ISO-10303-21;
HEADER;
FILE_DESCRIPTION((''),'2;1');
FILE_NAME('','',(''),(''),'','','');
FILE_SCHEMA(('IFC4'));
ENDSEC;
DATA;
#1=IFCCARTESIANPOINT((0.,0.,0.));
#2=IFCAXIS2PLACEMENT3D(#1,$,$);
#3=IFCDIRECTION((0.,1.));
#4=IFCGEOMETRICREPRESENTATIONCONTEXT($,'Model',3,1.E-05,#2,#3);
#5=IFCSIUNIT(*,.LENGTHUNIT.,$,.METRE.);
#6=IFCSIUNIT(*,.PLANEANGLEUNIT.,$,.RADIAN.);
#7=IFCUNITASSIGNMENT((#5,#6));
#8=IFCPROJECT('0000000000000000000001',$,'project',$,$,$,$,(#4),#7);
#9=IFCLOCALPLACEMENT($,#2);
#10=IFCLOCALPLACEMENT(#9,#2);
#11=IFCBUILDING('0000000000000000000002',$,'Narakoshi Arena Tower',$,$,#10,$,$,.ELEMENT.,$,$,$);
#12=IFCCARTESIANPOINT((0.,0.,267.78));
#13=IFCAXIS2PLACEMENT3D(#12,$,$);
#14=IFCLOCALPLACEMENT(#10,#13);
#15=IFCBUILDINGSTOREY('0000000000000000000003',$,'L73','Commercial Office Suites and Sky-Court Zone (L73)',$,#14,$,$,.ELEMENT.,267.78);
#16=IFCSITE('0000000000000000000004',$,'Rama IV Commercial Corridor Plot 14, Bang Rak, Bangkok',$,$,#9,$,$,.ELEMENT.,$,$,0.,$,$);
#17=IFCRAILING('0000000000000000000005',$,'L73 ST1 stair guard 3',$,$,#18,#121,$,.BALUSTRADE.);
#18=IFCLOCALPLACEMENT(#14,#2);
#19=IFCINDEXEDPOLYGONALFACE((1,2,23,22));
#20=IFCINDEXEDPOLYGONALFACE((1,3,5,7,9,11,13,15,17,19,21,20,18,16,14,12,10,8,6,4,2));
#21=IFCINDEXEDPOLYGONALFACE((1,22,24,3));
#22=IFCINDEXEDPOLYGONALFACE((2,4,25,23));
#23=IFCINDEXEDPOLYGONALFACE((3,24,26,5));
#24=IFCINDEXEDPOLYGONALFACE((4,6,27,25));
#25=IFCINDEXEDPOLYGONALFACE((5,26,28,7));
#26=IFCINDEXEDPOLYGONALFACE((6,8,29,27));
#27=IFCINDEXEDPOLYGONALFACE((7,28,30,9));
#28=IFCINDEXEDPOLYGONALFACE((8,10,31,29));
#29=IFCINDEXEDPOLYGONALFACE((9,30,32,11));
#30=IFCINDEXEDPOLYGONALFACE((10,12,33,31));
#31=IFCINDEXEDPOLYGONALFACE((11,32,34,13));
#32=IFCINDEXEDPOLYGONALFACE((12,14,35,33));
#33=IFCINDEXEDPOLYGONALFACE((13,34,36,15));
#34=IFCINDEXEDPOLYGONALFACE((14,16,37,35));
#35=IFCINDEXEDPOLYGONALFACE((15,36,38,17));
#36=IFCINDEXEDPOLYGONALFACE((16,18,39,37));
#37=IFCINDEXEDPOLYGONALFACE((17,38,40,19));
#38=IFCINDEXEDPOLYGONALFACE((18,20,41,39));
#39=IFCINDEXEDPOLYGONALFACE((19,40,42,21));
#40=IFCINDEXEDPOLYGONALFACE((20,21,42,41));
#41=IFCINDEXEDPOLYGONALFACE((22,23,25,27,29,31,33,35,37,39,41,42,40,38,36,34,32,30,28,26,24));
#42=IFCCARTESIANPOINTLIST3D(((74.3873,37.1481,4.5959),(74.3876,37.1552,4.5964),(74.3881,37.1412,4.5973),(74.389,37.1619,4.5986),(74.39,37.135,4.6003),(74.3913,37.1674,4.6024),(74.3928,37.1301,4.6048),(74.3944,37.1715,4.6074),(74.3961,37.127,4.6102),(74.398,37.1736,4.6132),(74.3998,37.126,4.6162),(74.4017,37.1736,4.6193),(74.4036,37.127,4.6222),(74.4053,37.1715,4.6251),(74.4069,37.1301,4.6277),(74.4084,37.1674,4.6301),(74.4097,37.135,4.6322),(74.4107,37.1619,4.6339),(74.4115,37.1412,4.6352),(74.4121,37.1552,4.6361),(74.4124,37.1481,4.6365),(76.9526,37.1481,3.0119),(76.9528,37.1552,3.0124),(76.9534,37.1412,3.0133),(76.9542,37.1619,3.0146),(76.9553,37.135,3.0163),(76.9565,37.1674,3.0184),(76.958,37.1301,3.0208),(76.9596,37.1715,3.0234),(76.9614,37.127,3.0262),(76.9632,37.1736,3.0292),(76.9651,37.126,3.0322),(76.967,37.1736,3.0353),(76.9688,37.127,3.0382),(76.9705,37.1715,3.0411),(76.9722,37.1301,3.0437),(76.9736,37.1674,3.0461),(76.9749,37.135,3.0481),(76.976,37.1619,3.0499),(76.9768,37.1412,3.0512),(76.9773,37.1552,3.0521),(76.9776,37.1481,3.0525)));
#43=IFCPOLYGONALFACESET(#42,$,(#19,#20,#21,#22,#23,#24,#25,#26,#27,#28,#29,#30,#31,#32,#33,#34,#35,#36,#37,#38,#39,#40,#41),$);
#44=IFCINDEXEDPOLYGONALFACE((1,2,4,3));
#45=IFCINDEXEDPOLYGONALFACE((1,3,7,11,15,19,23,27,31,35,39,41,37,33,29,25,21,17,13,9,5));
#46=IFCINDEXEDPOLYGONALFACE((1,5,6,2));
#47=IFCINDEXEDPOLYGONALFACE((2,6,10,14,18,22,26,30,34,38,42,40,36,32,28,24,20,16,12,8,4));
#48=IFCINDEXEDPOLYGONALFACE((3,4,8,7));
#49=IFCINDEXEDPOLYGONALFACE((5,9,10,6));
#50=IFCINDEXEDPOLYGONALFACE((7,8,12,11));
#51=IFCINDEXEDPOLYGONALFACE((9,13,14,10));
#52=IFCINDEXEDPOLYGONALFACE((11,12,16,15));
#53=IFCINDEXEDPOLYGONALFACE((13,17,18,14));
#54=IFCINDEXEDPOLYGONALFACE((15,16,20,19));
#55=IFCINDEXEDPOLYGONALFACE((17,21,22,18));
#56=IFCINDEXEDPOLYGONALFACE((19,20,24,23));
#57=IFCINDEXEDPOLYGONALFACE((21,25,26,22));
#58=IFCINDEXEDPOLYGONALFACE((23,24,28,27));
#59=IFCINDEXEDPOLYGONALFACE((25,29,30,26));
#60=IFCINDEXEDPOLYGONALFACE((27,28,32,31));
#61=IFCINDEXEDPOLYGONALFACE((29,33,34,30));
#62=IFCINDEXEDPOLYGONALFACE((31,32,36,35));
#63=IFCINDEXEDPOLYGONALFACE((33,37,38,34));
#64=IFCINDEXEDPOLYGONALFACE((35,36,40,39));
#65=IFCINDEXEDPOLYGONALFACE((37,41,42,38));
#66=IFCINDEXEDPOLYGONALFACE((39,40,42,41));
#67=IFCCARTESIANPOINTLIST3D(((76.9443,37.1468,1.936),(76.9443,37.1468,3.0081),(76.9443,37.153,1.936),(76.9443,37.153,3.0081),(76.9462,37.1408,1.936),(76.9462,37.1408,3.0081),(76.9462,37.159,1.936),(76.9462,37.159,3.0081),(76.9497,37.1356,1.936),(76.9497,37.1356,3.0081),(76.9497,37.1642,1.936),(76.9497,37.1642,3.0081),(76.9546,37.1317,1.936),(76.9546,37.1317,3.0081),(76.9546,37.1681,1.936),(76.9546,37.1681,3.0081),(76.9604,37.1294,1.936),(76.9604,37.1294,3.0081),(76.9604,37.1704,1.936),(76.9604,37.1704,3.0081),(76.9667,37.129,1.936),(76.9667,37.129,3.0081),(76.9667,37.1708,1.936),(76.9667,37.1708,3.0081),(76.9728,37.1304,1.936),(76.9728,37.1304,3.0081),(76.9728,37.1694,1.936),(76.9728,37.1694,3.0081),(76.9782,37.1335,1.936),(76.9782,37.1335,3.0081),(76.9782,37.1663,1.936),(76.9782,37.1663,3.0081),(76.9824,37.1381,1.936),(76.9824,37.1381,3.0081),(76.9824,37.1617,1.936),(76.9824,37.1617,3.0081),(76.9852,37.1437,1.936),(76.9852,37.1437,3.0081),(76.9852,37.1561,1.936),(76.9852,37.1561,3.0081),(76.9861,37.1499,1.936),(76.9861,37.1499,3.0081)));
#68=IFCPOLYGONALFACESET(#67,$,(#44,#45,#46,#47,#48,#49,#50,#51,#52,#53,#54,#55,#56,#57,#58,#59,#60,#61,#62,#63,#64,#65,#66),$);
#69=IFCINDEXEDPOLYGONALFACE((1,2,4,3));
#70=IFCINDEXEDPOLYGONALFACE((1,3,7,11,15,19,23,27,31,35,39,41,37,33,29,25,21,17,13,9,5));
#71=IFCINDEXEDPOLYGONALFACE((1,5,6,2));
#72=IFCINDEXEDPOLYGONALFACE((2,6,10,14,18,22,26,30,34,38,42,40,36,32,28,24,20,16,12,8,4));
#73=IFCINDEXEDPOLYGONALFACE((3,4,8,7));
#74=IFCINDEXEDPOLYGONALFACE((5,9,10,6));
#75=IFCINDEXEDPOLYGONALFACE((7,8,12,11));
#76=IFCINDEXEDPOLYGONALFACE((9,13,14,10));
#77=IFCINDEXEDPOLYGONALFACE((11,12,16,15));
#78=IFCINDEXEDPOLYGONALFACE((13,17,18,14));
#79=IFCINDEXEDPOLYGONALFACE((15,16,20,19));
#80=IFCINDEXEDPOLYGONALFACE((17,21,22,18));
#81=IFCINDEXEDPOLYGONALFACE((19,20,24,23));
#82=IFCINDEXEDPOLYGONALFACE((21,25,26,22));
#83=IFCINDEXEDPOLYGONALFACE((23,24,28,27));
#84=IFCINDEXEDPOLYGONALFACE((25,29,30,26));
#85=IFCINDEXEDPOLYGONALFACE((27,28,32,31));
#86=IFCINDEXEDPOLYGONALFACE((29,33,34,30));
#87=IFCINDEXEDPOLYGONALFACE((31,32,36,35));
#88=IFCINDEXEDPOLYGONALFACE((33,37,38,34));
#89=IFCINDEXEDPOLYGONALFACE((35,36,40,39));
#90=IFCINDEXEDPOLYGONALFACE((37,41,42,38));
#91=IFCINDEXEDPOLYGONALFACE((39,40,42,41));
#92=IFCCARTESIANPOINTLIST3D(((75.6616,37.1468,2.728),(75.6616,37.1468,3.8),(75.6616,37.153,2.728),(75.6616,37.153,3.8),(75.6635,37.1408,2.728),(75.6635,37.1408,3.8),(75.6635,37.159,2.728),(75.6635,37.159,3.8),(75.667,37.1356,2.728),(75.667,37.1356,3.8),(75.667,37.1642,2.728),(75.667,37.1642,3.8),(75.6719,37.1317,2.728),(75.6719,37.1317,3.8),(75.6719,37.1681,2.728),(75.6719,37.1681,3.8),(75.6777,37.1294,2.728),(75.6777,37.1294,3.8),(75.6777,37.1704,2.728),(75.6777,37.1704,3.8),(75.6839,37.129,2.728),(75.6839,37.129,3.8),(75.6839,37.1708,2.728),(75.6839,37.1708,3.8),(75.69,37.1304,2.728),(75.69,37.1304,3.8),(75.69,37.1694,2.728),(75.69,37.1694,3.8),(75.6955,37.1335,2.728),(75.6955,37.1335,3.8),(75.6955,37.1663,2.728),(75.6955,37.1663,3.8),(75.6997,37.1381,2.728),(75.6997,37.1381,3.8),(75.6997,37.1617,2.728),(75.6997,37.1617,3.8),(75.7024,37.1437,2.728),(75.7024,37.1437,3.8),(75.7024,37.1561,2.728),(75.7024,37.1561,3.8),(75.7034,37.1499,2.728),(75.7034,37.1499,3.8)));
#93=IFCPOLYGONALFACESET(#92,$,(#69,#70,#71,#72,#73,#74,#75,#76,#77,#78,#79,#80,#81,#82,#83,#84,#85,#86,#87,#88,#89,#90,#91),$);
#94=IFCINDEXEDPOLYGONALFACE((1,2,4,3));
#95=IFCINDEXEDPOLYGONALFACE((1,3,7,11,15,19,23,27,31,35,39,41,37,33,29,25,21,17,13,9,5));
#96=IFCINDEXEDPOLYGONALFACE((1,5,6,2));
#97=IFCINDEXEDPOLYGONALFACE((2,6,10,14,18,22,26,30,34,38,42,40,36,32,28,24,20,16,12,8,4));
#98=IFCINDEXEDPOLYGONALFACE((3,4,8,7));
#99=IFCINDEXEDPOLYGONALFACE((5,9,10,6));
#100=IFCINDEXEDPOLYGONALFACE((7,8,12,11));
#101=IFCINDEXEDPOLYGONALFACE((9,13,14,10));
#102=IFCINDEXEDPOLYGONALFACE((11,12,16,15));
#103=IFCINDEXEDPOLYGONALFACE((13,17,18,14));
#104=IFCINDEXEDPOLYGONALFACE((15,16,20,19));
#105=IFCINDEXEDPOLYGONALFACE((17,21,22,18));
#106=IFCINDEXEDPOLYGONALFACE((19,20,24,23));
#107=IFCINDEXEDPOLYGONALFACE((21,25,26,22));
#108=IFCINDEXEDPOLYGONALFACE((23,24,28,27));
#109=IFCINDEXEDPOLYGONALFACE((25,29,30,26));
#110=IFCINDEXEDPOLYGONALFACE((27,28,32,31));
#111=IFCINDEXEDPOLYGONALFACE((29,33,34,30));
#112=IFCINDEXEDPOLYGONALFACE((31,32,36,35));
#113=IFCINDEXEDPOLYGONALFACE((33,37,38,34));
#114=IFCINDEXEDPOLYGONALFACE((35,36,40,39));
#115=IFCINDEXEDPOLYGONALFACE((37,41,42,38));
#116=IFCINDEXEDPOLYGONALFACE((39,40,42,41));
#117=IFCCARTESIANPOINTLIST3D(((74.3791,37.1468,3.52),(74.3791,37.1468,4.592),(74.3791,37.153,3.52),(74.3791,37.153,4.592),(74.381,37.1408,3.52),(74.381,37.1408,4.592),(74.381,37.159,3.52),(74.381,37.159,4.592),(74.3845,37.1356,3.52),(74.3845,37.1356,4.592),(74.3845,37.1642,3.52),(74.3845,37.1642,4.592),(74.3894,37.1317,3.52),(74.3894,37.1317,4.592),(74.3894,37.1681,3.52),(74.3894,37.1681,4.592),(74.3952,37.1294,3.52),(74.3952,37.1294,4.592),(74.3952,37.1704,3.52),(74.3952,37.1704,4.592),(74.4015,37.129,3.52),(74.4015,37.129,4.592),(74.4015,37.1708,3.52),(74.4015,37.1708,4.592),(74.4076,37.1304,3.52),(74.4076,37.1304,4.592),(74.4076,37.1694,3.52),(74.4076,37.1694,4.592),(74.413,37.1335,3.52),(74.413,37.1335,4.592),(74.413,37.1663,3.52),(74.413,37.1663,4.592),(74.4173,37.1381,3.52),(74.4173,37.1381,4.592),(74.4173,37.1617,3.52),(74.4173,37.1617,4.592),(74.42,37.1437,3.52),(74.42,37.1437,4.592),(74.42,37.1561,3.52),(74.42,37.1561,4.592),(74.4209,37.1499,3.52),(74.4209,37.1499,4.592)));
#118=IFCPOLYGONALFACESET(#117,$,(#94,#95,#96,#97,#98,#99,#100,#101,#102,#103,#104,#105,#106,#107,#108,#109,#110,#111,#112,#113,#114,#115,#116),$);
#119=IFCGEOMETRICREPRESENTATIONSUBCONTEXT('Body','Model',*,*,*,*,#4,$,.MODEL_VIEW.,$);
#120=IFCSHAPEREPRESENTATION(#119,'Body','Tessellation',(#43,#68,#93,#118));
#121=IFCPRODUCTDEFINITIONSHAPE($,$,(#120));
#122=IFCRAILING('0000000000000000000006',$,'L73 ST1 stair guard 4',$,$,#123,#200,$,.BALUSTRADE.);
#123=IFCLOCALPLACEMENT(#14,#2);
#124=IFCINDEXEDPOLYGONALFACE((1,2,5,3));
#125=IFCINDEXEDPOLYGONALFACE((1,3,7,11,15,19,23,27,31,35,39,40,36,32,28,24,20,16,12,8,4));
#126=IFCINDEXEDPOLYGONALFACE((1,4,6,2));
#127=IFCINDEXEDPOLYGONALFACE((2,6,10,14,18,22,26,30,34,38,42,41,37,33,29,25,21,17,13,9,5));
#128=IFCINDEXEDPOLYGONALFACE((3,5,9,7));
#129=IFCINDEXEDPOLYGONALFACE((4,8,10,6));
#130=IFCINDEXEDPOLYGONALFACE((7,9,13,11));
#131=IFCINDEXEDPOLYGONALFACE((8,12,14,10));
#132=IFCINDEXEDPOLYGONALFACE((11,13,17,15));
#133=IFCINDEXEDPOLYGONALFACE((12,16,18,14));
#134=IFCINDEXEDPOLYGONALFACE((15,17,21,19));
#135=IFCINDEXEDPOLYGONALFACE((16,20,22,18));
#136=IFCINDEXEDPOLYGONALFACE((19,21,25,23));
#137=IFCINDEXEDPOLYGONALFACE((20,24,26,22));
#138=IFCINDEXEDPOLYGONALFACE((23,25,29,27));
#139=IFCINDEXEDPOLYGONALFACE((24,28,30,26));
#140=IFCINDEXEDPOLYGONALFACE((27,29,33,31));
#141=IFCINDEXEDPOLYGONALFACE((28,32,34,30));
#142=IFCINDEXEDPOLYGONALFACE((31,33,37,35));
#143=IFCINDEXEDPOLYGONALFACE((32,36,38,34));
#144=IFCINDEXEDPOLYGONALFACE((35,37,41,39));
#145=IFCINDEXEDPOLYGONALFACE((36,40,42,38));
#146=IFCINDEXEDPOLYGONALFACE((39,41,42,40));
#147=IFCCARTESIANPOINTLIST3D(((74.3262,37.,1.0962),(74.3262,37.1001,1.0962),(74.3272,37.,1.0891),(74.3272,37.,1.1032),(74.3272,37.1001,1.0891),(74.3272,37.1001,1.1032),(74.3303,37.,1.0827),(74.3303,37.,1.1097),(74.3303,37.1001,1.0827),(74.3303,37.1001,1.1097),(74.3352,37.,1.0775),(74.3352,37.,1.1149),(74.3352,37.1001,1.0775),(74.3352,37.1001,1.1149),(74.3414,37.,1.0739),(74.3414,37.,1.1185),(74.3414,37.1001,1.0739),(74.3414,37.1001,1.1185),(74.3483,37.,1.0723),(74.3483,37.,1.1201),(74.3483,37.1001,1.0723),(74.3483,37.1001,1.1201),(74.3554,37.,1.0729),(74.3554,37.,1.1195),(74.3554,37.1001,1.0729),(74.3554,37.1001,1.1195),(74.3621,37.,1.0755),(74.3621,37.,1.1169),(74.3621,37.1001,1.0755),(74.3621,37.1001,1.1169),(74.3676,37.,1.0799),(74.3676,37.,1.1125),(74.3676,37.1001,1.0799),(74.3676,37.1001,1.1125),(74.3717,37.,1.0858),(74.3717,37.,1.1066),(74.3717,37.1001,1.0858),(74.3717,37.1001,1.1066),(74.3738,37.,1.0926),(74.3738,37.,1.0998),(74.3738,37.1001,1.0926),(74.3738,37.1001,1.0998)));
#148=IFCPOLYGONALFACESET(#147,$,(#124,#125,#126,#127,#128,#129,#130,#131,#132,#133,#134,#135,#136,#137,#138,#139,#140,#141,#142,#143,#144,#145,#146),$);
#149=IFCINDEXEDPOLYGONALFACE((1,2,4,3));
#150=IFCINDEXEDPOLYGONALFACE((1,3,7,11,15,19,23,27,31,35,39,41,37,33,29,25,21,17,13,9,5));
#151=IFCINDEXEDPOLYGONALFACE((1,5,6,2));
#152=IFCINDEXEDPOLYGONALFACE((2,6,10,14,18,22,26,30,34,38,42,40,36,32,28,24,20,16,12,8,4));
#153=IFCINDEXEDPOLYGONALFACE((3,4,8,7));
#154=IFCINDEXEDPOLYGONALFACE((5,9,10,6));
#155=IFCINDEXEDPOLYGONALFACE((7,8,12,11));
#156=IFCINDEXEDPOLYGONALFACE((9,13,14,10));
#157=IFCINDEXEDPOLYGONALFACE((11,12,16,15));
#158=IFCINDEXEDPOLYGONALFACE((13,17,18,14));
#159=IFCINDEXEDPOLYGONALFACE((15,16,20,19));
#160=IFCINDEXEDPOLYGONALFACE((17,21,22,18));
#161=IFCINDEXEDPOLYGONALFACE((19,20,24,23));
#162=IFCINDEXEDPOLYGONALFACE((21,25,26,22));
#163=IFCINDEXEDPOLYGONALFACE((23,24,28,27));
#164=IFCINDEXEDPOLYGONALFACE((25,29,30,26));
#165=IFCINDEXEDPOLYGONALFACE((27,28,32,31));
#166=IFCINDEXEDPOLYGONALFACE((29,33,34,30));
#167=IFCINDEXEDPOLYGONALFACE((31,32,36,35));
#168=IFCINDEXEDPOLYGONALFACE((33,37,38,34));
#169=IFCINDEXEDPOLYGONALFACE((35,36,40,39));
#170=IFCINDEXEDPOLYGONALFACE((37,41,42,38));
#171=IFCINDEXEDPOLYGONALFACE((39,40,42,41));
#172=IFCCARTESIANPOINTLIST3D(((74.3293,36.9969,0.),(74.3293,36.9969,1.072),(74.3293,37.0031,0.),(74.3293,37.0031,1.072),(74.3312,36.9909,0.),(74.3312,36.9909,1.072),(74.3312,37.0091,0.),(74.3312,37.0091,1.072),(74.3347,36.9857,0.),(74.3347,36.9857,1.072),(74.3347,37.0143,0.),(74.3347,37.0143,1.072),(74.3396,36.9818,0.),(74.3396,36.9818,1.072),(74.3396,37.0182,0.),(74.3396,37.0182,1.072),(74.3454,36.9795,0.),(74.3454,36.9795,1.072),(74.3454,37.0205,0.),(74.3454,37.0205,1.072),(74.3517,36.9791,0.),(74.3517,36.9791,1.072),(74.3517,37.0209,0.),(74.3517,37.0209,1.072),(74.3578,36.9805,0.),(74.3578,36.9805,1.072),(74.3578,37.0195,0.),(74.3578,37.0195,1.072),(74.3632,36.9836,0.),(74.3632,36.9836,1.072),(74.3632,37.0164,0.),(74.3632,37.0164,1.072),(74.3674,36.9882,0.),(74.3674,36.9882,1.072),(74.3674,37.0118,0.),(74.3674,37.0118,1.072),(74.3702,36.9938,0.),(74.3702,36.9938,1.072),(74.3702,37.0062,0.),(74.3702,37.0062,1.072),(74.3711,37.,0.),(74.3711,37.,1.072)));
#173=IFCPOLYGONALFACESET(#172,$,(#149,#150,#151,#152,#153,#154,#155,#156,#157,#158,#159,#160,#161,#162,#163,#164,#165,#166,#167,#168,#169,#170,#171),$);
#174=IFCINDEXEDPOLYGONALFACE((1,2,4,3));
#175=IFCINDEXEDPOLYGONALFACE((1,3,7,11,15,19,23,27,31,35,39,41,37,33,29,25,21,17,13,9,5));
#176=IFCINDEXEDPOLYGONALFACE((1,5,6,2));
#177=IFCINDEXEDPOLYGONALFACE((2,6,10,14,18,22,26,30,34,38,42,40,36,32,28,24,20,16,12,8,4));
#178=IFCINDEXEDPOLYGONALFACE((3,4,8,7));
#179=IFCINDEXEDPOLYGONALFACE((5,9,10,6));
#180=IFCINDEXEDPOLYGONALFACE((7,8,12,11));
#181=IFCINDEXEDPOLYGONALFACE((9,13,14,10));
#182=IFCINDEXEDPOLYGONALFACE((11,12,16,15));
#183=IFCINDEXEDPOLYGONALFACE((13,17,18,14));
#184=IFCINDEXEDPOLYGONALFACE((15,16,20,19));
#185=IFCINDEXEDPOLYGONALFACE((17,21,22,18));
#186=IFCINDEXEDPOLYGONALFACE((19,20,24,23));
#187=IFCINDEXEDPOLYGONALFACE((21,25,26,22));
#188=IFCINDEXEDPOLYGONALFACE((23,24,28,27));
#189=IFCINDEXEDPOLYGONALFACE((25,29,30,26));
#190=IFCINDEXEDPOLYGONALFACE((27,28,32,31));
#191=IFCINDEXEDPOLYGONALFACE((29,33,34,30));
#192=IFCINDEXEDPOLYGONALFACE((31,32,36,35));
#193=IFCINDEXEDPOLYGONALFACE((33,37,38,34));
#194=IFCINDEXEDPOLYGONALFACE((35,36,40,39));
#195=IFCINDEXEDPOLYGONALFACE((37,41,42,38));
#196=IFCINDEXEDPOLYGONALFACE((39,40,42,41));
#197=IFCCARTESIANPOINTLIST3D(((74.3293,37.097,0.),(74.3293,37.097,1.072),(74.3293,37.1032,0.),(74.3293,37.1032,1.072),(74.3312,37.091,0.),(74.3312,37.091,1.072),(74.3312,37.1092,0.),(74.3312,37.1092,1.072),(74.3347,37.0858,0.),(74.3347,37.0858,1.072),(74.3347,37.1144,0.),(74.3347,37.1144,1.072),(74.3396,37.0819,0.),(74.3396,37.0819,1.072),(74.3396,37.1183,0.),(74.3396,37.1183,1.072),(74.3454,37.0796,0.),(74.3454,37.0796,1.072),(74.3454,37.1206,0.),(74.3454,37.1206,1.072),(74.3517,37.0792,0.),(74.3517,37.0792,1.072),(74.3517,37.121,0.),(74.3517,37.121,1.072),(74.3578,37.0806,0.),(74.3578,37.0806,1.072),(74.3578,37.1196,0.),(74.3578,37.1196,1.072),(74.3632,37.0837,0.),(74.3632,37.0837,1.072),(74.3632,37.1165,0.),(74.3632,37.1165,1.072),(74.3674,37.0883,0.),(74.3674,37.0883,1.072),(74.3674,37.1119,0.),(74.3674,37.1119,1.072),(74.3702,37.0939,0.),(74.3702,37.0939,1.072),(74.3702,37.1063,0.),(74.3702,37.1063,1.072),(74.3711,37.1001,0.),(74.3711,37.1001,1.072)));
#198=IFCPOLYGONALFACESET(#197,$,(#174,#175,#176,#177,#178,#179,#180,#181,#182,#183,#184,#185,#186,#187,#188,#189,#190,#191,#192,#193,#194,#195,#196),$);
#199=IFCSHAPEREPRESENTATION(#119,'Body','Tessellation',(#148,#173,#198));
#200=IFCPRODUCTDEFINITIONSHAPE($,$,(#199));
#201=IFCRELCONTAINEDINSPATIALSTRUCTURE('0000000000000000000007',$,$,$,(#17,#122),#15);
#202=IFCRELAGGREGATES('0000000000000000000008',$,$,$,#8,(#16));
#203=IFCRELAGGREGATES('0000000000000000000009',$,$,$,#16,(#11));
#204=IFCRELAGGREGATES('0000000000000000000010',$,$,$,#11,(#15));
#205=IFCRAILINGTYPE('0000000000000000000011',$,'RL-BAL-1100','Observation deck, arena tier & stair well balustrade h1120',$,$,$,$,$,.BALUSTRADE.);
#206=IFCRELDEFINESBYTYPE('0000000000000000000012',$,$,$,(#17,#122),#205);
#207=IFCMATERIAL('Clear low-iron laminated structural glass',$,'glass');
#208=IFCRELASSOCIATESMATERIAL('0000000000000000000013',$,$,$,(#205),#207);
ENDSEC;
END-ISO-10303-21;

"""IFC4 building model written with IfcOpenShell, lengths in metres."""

from ifc_helpers import new_model, si_unit, direction, frame, origin, origin_2d, place, context, subcontext, project, spatial, circle, extrude, material, type_object, element, save


model = new_model("IFC4")

# Units and contexts
model_context = context("Model", 3, precision=1e-05, world=origin(), true_north=direction((0.0, 1.0)))
body_context = subcontext(model_context, "Body", "Model", "MODEL_VIEW")
ifc_project = project(units=[si_unit("LENGTHUNIT", "METRE"), si_unit("PLANEANGLEUNIT", "RADIAN")], contexts=[model_context])

# Site, building, storey
site_placement = place(None, origin())
site = spatial("IfcSite", under=ifc_project, at=site_placement, Name="Rama IV Commercial Corridor Plot 14, Bang Rak, Bangkok", CompositionType="ELEMENT", RefElevation=0.0)
building_placement = place(site_placement, origin())
building = spatial("IfcBuilding", under=site, at=building_placement, Name="Narakoshi Arena Tower", CompositionType="ELEMENT")
storey_placement = place(building_placement, frame((0.0, 0.0, 267.78)))
storey = spatial("IfcBuildingStorey", under=building, at=storey_placement, Name="L73", Description="Commercial Office Suites and Sky-Court Zone (L73)", CompositionType="ELEMENT", Elevation=267.78)

# Railings
ifc_material_1 = material(Name="Clear low-iron laminated structural glass", Category="glass")
railing_type_1 = type_object("IfcRailingType", Name="RL-BAL-1100", Description="Observation deck, arena tier & stair well balustrade h1120", PredefinedType="BALUSTRADE", material=ifc_material_1)
railing_1_placement = place(storey_placement, frame((76.9651, 37.1499, 1.936)))
element("IfcRailing", 1, at=railing_1_placement, inside=storey, type_object=railing_type_1, Name="L73 ST1 stair guard 3", PredefinedType="BALUSTRADE", context=body_context, shape_type="SweptSolid", body=[
    extrude(circle(Radius=0.0239, at=origin_2d()), frame((0.0, 0.0, 1.0962), z_axis=(-0.850857, 0.0, 0.525398), x_axis=(0.0, -1.0, 0.0)), (0.0, 0.0, 1.0), 3.0149),
    extrude(circle(Radius=0.021, at=origin_2d()), origin(), (0.0, 0.0, 1.0), 1.072),
    extrude(circle(Radius=0.021, at=origin_2d()), frame((-1.2827, 0.0, 0.792)), (0.0, 0.0, 1.0), 1.072),
    extrude(circle(Radius=0.021, at=origin_2d()), frame((-2.5652, 0.0, 1.584)), (0.0, 0.0, 1.0), 1.072),
])
railing_2_placement = place(storey_placement, frame((74.3501, 37.0, 0.0)))
element("IfcRailing", 2, at=railing_2_placement, inside=storey, type_object=railing_type_1, Name="L73 ST1 stair guard 4", PredefinedType="BALUSTRADE", context=body_context, shape_type="SweptSolid", body=[
    extrude(circle(Radius=0.0239, at=origin_2d()), frame((0.0, 0.0, 1.0962), z_axis=(0.0, 1.0, 0.0), x_axis=(-1.0, 0.0, 0.0)), (0.0, 0.0, 1.0), 0.1001),
    extrude(circle(Radius=0.021, at=origin_2d()), origin(), (0.0, 0.0, 1.0), 1.072),
    extrude(circle(Radius=0.021, at=origin_2d()), frame((0.0, 0.1001, 0.0)), (0.0, 0.0, 1.0), 1.072),
])

save(model, "model.ifc")
